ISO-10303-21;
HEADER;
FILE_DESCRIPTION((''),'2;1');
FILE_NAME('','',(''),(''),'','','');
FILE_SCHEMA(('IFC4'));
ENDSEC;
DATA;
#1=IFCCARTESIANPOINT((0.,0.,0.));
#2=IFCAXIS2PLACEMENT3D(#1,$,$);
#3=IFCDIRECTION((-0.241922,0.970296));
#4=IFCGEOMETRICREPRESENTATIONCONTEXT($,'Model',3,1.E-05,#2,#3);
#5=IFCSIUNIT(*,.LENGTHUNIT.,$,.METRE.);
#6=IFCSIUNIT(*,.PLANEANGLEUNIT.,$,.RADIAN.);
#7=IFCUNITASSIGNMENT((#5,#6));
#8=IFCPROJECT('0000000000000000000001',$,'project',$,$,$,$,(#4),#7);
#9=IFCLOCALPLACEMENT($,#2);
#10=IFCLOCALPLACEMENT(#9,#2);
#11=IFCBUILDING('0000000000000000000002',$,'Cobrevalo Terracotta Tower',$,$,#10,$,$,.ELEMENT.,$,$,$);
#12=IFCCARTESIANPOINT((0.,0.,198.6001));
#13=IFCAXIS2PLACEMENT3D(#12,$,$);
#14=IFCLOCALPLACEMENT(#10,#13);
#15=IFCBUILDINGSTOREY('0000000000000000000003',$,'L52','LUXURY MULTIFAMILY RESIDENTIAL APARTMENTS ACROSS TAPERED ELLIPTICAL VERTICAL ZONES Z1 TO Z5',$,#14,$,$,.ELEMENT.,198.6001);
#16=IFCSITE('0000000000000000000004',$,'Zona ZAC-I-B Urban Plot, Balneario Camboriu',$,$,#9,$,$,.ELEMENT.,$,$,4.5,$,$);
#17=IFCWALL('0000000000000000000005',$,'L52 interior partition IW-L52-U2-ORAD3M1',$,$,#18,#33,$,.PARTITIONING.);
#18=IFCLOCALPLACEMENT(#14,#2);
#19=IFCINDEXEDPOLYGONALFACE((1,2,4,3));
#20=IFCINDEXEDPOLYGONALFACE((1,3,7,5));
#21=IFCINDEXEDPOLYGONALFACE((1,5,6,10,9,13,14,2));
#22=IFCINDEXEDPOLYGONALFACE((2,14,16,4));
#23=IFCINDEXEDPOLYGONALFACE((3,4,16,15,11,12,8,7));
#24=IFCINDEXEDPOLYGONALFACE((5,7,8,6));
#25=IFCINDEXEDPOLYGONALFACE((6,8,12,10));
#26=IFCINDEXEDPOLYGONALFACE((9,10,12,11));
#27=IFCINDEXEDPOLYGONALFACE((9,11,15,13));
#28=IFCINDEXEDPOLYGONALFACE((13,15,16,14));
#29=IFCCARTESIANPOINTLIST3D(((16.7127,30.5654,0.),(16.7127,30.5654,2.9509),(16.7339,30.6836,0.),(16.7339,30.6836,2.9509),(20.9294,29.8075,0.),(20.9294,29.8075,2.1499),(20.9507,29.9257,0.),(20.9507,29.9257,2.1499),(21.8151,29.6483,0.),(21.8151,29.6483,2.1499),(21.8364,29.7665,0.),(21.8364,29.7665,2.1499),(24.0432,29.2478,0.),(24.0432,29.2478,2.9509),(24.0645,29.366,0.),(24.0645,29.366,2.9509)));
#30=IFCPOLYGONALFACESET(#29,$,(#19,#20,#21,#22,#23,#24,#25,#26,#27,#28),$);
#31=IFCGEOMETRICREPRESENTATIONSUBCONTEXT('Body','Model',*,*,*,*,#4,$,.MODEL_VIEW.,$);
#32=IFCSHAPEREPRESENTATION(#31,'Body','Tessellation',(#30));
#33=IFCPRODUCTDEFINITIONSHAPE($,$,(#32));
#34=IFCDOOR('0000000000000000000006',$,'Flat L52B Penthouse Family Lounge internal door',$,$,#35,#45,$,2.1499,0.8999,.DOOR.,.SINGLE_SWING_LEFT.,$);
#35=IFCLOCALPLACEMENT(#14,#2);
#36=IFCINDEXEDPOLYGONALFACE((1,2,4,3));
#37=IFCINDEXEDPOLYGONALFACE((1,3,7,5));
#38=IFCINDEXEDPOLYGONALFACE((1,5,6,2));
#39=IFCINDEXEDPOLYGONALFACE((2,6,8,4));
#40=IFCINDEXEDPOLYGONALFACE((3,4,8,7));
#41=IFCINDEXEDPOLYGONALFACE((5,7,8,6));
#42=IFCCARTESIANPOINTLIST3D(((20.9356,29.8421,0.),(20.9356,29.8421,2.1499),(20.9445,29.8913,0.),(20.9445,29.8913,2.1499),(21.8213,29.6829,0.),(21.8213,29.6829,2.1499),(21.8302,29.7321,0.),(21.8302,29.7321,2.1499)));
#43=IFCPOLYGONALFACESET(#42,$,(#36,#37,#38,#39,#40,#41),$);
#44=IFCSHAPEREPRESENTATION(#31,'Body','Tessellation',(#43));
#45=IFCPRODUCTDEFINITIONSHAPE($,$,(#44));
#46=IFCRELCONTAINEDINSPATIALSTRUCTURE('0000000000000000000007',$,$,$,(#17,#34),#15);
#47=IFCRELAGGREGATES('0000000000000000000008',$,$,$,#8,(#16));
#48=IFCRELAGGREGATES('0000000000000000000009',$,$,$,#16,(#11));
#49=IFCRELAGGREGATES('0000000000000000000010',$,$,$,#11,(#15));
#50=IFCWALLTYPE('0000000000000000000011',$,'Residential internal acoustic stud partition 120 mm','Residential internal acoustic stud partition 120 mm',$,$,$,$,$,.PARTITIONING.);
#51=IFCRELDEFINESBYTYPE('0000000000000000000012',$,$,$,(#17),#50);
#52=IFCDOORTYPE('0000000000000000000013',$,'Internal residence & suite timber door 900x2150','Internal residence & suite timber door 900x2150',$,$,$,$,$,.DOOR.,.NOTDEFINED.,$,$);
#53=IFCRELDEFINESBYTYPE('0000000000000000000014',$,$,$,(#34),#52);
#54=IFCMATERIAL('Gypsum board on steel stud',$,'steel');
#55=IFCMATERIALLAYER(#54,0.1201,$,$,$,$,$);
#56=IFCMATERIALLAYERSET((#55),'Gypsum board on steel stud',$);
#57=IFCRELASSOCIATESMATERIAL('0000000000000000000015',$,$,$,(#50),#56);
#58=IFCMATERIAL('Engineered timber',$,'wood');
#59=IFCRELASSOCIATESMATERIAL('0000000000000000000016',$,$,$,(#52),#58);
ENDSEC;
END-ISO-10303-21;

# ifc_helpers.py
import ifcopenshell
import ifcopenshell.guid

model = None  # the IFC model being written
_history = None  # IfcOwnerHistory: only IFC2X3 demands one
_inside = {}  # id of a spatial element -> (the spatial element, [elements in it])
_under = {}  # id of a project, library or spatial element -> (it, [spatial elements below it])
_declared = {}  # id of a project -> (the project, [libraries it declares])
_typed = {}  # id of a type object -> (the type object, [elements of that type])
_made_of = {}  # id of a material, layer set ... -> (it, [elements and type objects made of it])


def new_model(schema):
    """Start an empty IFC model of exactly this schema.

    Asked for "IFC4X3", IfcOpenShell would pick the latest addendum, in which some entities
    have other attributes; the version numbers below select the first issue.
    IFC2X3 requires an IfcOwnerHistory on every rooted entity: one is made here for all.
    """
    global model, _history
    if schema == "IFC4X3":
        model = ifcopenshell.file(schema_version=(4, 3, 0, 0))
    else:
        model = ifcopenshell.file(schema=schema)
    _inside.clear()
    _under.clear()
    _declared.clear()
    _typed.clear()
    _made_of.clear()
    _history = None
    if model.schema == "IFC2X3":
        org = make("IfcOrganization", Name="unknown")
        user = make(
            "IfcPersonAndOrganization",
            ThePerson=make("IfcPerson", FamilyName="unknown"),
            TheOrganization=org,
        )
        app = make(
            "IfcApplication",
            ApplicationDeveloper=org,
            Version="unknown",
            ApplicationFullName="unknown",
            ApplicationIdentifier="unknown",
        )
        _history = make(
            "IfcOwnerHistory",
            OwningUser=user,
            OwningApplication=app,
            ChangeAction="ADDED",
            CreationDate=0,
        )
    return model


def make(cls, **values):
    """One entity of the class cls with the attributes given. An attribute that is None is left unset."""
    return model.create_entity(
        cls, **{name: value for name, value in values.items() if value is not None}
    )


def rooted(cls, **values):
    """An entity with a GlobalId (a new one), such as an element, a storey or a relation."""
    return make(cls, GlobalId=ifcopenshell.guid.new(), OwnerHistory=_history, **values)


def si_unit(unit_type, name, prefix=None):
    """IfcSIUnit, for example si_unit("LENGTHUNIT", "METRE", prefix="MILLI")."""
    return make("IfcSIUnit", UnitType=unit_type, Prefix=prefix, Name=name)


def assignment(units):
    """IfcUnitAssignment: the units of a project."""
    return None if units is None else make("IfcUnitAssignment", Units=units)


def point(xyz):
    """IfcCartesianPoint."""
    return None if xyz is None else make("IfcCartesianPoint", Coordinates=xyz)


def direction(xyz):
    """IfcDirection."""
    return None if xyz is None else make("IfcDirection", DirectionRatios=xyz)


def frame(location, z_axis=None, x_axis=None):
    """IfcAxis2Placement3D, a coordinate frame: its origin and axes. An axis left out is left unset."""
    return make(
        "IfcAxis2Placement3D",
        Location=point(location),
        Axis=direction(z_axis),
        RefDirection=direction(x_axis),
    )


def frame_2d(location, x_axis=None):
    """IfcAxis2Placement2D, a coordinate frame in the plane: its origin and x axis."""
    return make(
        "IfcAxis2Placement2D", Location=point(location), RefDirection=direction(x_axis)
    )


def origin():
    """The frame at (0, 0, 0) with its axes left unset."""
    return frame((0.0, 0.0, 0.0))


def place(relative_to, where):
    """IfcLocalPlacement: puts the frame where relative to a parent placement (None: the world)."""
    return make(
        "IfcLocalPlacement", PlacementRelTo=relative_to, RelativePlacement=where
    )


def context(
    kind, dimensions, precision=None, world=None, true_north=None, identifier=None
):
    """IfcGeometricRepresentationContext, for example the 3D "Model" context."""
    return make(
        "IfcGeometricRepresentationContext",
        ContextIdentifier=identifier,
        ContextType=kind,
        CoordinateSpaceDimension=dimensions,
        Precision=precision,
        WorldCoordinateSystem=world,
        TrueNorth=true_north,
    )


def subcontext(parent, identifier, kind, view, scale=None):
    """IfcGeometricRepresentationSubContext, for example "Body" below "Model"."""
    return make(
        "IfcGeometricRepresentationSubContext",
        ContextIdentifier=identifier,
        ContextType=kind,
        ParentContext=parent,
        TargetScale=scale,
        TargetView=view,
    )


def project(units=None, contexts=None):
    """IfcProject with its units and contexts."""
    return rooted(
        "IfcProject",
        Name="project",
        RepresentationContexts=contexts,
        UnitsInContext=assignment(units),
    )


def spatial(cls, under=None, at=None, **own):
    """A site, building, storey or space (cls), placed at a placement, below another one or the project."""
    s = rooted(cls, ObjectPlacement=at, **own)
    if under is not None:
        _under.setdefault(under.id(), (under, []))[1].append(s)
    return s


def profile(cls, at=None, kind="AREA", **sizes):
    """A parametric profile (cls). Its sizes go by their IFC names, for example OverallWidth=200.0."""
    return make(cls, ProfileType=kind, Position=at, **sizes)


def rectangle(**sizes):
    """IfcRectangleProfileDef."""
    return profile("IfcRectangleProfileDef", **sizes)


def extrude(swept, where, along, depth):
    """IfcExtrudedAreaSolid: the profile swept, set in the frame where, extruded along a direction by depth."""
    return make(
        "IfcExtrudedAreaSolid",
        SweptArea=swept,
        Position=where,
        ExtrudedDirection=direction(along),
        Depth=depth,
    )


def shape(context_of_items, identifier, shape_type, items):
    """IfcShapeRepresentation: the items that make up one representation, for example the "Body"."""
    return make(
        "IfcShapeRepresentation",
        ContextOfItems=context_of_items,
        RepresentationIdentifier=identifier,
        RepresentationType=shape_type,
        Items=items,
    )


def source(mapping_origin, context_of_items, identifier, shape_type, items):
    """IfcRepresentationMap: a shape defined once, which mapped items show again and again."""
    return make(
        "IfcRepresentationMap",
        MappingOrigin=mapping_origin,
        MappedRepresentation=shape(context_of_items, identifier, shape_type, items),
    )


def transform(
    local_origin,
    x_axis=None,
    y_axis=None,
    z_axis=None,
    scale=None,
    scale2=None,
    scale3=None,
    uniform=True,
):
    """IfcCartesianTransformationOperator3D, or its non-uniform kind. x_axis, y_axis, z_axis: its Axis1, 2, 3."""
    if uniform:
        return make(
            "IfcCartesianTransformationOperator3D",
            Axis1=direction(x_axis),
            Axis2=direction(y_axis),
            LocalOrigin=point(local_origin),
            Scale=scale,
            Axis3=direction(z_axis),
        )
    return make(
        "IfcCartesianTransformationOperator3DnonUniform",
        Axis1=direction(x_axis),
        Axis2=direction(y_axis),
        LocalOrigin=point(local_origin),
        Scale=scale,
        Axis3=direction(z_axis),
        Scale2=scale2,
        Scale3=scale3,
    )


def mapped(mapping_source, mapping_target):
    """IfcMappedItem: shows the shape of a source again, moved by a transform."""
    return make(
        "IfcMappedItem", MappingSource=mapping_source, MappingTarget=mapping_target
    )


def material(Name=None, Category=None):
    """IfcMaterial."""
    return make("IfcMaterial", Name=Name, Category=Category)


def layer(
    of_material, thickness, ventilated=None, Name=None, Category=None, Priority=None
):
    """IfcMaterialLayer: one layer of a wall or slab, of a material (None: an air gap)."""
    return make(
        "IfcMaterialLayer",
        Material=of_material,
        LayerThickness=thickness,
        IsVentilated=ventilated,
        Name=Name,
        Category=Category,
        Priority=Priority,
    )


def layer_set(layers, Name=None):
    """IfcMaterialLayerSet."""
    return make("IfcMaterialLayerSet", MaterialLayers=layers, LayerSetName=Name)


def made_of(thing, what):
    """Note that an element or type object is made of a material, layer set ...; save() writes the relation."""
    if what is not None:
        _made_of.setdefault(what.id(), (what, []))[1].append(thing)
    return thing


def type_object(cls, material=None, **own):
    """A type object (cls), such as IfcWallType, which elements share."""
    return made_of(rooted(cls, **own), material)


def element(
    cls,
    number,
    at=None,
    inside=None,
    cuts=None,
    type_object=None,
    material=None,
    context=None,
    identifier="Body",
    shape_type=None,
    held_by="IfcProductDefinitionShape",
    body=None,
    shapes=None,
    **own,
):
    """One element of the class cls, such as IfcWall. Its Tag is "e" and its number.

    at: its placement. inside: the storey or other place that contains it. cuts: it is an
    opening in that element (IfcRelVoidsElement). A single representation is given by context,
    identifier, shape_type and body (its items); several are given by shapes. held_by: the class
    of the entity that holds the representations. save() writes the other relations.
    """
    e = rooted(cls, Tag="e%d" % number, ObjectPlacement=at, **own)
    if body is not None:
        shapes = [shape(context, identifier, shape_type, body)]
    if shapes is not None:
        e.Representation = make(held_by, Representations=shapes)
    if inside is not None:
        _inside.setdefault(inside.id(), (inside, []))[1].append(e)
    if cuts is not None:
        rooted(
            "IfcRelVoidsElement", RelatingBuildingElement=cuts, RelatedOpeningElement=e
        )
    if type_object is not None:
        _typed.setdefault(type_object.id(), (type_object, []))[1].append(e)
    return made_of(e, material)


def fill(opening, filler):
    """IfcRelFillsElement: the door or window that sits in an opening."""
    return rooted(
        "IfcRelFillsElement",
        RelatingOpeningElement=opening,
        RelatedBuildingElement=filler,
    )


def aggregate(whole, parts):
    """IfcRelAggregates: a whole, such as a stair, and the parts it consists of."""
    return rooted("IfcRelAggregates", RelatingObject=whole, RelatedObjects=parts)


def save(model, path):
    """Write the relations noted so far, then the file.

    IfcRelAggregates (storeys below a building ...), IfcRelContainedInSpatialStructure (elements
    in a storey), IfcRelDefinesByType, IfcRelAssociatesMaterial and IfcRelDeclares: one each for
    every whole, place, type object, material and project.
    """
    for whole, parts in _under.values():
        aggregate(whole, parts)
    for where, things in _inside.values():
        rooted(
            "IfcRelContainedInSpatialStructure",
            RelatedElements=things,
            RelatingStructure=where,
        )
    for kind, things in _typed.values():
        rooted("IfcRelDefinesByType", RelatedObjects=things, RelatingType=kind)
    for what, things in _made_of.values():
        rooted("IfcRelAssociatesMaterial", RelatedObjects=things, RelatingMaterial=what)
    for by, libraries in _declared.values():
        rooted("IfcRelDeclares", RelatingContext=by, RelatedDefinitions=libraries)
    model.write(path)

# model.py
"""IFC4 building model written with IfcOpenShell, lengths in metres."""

from ifc_helpers import new_model, si_unit, direction, frame, frame_2d, origin, place, context, subcontext, project, spatial, rectangle, extrude, source, transform, mapped, material, layer, layer_set, type_object, element, fill, save


model = new_model("IFC4")

# Units and contexts
model_context = context("Model", 3, precision=1e-05, world=origin(), true_north=direction((-0.241922, 0.970296)))
body_context = subcontext(model_context, "Body", "Model", "MODEL_VIEW")
ifc_project = project(units=[si_unit("LENGTHUNIT", "METRE"), si_unit("PLANEANGLEUNIT", "RADIAN")], contexts=[model_context])

# Site, building, storey
site_placement = place(None, origin())
site = spatial("IfcSite", under=ifc_project, at=site_placement, Name="Zona ZAC-I-B Urban Plot, Balneario Camboriu", CompositionType="ELEMENT", RefElevation=4.5)
building_placement = place(site_placement, origin())
building = spatial("IfcBuilding", under=site, at=building_placement, Name="Cobrevalo Terracotta Tower", CompositionType="ELEMENT")
storey_placement = place(building_placement, frame((0.0, 0.0, 198.6001)))
storey = spatial("IfcBuildingStorey", under=building, at=storey_placement, Name="L52", Description="LUXURY MULTIFAMILY RESIDENTIAL APARTMENTS ACROSS TAPERED ELLIPTICAL VERTICAL ZONES Z1 TO Z5", CompositionType="ELEMENT", Elevation=198.6001)

# Wall, opening, door
ifc_material_1 = material(Name="Gypsum board on steel stud", Category="steel")
ifc_layer_1 = layer(ifc_material_1, 0.1201)
ifc_layer_set_1 = layer_set([ifc_layer_1], Name="Gypsum board on steel stud")
wall_type_1 = type_object("IfcWallType", Name="Residential internal acoustic stud partition 120 mm", Description="Residential internal acoustic stud partition 120 mm", PredefinedType="PARTITIONING", material=ifc_layer_set_1)
wall_1_placement = place(storey_placement, frame((24.054, 29.3069, 0.0), z_axis=(0.0, 0.0, 1.0), x_axis=(-0.984227, 0.176909, 0.0)))
wall_1 = element("IfcWall", 1, at=wall_1_placement, inside=storey, type_object=wall_type_1, Name="L52 interior partition IW-L52-U2-ORAD3M1", PredefinedType="PARTITIONING", context=body_context, shape_type="SweptSolid", body=[
    extrude(rectangle(XDim=7.448, YDim=0.1201, at=frame_2d((3.7241, 0.0))), origin(), (0.0, 0.0, 1.0), 2.9509),
])
opening_1_placement = place(wall_1_placement, frame((2.2639, 0.0, 0.0)))
opening_1 = element("IfcOpeningElement", 2, at=opening_1_placement, cuts=wall_1, PredefinedType="OPENING", context=body_context, shape_type="SweptSolid", body=[
    extrude(rectangle(XDim=0.8999, YDim=2.1499, at=frame_2d((0.45, 1.075))), frame((0.0, 0.0701, 0.0), z_axis=(0.0, -1.0, 0.0), x_axis=(1.0, 0.0, 0.0)), (0.0, 0.0, 1.0), 0.1401),
])
ifc_material_2 = material(Name="Engineered timber", Category="wood")
door_type = type_object("IfcDoorType", Name="Internal residence & suite timber door 900x2150", Description="Internal residence & suite timber door 900x2150", OperationType="NOTDEFINED", PredefinedType="DOOR", material=ifc_material_2)
shared_shape_1 = source(origin(), body_context, "Body", "SweptSolid", [
    extrude(rectangle(XDim=0.8999, YDim=2.1499, at=frame_2d((0.45, 1.075))), frame((0.0, 0.0249, 0.0), z_axis=(0.0, -1.0, 0.0), x_axis=(1.0, 0.0, 0.0)), (0.0, 0.0, 1.0), 0.05),
])
door_placement = place(opening_1_placement, origin())
door = element("IfcDoor", 3, at=door_placement, inside=storey, type_object=door_type, Name="Flat L52B Penthouse Family Lounge internal door", OperationType="SINGLE_SWING_LEFT", OverallHeight=2.1499, OverallWidth=0.8999, PredefinedType="DOOR", context=body_context, shape_type="MappedRepresentation", body=[
    mapped(shared_shape_1, transform((0.0, 0.0, 0.0), scale=1.0)),
])
fill(opening_1, door)

save(model, "model.ifc")
